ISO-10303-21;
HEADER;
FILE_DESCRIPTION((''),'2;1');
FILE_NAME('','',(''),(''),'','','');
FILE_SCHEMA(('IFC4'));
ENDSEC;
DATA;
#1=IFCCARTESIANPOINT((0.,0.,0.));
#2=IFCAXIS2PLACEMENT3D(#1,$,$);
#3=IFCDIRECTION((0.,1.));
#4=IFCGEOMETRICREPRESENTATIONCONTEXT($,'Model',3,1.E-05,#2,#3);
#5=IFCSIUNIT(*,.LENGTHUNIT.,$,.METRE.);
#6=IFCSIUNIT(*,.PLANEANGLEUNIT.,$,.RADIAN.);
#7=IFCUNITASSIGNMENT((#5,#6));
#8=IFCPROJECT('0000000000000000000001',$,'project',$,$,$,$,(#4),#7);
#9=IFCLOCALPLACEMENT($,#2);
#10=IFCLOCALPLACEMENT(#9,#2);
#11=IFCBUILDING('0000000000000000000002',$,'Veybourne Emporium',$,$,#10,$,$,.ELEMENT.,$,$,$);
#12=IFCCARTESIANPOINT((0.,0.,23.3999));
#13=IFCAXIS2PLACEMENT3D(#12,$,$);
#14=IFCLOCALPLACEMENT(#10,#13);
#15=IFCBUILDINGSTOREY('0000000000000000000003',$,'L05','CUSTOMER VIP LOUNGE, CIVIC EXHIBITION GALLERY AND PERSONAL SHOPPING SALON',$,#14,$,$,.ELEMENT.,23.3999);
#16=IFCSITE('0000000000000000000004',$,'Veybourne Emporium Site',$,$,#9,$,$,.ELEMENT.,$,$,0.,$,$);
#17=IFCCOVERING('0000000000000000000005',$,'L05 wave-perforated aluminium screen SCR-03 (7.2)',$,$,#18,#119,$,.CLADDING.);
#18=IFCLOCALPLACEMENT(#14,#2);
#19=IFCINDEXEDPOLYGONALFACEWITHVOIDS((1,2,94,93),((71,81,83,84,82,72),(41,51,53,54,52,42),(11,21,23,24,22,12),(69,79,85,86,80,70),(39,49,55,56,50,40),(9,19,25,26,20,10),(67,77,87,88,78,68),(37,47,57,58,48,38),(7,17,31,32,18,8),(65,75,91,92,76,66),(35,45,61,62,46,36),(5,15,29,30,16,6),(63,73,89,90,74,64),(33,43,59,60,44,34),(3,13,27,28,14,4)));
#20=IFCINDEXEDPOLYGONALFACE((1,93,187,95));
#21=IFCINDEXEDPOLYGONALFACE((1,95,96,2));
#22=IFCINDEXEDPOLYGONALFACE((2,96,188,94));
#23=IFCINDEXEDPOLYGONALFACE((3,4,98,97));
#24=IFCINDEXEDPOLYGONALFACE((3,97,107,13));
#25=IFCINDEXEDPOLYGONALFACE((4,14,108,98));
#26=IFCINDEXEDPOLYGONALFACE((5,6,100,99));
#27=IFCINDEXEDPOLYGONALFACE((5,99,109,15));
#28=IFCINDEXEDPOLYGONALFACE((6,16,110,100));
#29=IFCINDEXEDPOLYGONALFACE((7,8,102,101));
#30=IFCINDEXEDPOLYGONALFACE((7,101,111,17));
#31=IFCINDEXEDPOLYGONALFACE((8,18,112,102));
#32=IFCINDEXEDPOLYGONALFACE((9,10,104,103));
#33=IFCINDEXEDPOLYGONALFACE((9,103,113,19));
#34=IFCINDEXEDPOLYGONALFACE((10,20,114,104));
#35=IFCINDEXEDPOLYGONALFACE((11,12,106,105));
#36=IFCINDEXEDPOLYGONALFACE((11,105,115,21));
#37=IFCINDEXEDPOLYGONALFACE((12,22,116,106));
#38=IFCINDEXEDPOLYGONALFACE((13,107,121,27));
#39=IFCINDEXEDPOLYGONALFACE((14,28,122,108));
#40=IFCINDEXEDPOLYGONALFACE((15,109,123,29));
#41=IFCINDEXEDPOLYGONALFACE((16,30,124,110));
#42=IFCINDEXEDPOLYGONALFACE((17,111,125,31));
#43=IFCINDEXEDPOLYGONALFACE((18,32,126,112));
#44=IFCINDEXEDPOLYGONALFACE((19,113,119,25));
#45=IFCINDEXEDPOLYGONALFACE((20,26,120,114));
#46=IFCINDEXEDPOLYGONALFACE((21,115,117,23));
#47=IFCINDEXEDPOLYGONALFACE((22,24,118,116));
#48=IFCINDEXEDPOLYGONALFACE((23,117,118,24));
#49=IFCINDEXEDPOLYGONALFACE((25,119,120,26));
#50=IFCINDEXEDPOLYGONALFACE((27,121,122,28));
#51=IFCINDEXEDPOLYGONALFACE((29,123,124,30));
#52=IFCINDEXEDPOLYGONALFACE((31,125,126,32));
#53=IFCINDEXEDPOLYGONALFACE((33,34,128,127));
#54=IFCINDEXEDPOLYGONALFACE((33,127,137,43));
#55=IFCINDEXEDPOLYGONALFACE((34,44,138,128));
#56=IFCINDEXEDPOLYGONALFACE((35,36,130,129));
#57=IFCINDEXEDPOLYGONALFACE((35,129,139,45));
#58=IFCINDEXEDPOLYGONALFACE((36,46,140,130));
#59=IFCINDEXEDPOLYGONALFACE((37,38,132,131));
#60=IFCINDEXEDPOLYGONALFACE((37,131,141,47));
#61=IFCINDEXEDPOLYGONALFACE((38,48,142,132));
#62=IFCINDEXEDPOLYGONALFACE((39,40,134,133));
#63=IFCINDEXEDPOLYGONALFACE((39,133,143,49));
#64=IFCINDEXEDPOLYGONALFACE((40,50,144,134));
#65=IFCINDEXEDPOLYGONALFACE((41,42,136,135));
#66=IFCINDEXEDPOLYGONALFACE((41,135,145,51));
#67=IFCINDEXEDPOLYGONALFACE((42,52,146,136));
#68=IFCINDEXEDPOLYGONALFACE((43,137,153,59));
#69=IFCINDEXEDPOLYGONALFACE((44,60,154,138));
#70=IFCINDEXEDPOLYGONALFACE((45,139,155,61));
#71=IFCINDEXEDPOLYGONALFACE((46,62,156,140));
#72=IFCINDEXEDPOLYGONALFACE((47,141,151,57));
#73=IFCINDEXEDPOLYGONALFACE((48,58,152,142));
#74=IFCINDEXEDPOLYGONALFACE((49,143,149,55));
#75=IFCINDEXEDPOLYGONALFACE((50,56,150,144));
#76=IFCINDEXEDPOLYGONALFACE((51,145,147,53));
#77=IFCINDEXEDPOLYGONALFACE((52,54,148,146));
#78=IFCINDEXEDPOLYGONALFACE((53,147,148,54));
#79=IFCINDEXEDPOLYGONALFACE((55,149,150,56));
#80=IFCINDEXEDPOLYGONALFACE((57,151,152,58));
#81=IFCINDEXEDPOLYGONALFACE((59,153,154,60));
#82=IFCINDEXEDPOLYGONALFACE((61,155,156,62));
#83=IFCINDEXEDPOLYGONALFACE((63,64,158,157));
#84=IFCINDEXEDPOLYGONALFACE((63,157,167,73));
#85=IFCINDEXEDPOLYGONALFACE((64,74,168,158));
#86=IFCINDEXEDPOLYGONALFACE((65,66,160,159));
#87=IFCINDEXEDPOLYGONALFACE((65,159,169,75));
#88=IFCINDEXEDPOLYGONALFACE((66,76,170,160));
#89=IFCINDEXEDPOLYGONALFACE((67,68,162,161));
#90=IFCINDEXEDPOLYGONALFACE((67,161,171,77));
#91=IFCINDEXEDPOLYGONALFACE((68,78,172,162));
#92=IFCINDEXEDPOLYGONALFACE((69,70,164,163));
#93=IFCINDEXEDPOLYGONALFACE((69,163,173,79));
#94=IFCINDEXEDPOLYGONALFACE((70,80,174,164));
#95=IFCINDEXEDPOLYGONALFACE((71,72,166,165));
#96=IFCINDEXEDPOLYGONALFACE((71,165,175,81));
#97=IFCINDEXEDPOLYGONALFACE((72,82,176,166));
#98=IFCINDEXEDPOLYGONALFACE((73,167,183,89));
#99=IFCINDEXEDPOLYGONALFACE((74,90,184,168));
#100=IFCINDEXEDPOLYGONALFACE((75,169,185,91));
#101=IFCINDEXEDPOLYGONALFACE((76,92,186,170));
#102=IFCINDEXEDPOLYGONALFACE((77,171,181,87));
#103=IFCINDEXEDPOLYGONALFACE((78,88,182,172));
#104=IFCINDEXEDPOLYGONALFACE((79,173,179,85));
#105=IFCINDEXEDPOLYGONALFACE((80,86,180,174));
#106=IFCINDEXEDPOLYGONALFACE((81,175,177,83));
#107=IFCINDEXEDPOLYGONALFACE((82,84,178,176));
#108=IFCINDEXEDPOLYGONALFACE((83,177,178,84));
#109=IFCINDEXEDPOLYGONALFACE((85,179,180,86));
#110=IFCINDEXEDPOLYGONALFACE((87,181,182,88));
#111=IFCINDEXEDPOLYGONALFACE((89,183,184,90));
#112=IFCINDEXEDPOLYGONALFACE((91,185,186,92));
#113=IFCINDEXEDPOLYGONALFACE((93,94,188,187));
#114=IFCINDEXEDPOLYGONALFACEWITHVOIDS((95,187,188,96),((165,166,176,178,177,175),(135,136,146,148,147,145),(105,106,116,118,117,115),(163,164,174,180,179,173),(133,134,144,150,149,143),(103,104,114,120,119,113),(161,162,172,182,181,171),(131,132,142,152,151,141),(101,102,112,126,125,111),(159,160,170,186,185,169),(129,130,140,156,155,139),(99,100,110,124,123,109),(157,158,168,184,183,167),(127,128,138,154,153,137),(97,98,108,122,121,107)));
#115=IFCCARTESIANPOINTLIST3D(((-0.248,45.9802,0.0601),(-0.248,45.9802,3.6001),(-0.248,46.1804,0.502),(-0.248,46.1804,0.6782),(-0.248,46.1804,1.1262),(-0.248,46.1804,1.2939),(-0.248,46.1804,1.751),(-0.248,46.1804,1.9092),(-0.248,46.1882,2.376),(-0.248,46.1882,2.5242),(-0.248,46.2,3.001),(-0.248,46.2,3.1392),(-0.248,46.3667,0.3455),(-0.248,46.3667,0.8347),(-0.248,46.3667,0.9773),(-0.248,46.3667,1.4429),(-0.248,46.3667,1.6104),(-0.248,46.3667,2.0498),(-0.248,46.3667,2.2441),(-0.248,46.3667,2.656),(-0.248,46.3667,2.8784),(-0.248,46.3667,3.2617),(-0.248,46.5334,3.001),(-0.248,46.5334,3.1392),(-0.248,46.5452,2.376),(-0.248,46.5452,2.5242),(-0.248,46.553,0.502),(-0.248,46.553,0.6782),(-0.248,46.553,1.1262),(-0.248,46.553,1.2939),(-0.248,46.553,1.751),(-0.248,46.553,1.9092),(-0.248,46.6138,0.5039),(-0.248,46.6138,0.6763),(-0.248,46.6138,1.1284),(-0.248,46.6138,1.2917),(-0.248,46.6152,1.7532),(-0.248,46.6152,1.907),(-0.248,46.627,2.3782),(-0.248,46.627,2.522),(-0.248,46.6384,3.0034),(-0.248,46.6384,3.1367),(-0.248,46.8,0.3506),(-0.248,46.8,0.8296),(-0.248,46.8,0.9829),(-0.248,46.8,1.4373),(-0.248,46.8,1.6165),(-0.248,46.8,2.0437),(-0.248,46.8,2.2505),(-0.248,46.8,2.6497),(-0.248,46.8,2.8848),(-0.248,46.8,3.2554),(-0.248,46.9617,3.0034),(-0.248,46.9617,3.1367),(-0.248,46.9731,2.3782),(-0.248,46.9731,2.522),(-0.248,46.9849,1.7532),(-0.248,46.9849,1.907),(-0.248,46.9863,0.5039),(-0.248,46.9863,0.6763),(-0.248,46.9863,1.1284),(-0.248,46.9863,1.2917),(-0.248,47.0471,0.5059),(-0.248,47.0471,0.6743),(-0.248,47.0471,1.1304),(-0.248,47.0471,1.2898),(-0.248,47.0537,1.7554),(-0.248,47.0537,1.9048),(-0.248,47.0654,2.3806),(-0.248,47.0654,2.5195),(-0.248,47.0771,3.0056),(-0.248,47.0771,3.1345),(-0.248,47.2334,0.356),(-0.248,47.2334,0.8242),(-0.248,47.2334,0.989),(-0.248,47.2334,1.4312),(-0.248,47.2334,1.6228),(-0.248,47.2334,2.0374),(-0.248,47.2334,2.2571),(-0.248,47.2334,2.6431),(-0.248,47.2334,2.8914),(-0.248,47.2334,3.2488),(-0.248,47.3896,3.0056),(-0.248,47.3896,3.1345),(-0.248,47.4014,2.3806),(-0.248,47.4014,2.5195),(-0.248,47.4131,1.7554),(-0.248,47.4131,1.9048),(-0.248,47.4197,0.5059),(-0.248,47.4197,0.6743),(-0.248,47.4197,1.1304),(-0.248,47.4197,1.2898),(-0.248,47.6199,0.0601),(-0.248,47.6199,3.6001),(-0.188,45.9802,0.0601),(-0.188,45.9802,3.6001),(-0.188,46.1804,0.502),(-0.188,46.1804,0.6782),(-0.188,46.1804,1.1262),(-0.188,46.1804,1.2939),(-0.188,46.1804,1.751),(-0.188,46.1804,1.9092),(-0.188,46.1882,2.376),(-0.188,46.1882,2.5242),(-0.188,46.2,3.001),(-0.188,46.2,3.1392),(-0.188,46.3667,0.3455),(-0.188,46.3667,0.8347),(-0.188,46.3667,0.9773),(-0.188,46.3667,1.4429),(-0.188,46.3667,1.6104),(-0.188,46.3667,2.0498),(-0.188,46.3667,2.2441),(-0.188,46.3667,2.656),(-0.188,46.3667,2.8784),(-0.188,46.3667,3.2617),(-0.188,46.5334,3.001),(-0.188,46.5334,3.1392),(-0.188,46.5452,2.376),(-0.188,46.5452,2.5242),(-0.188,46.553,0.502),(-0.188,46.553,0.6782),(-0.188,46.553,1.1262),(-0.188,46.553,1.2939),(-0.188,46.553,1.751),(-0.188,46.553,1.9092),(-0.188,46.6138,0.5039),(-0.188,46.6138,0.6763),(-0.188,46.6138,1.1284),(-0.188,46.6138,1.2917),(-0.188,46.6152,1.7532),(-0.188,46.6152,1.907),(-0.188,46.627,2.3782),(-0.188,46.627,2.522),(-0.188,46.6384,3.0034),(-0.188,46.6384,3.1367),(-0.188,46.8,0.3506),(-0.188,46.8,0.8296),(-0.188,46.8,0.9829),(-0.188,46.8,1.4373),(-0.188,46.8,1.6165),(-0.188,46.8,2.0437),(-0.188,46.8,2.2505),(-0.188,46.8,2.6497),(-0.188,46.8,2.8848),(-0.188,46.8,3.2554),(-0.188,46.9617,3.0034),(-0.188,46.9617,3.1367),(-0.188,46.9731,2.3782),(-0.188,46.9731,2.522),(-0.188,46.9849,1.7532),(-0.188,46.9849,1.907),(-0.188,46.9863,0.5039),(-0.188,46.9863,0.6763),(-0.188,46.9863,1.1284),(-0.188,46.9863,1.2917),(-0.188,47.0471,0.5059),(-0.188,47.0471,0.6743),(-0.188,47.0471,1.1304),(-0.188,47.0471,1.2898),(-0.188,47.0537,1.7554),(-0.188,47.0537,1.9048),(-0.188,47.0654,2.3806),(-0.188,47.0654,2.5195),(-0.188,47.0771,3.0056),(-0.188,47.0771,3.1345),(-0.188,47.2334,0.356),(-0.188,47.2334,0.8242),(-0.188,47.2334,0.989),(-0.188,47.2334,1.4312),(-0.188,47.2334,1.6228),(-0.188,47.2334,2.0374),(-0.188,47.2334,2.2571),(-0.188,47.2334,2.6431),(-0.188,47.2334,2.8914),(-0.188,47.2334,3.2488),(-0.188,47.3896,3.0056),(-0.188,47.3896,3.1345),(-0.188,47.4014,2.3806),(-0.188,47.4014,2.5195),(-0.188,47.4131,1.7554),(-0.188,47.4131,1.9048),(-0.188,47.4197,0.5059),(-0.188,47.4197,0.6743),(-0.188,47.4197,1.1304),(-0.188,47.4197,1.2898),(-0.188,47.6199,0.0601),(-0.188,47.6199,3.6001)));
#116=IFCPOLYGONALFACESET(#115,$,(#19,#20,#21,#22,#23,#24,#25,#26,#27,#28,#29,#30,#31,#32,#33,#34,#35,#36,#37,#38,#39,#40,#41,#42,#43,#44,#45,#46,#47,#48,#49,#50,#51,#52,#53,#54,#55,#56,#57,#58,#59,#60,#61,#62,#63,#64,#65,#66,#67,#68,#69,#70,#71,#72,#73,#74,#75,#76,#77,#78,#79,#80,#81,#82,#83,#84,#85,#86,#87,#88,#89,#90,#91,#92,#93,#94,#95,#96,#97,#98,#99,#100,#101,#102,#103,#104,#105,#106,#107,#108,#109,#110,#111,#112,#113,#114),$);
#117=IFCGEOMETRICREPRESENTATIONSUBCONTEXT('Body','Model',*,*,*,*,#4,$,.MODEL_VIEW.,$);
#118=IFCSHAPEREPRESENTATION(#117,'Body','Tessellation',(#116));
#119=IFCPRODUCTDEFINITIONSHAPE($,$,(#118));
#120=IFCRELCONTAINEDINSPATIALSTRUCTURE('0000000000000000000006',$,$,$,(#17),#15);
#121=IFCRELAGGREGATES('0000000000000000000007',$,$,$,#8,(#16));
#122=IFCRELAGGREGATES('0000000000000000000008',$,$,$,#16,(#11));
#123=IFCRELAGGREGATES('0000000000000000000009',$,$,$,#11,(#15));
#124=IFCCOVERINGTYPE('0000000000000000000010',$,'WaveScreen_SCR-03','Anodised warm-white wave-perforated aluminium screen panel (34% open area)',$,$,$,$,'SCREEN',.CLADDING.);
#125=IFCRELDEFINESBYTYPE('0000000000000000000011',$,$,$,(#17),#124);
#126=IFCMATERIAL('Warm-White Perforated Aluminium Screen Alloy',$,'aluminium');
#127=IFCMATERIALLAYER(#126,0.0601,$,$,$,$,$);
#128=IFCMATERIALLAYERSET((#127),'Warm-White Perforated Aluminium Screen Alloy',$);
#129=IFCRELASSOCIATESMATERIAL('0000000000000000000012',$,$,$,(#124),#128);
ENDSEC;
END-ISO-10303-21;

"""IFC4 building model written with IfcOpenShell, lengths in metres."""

from ifc_helpers import new_model, si_unit, direction, frame, origin, place, context, subcontext, project, spatial, polyline, outline, extrude, material, layer, layer_set, type_object, element, save


model = new_model("IFC4")

# Units and contexts
model_context = context("Model", 3, precision=1e-05, world=origin(), true_north=direction((0.0, 1.0)))
body_context = subcontext(model_context, "Body", "Model", "MODEL_VIEW")
ifc_project = project(units=[si_unit("LENGTHUNIT", "METRE"), si_unit("PLANEANGLEUNIT", "RADIAN")], contexts=[model_context])

# Site, building, storey
site_placement = place(None, origin())
site = spatial("IfcSite", under=ifc_project, at=site_placement, Name="Veybourne Emporium Site", CompositionType="ELEMENT", RefElevation=0.0)
building_placement = place(site_placement, origin())
building = spatial("IfcBuilding", under=site, at=building_placement, Name="Veybourne Emporium", CompositionType="ELEMENT")
storey_placement = place(building_placement, frame((0.0, 0.0, 23.3999)))
storey = spatial("IfcBuildingStorey", under=building, at=storey_placement, Name="L05", Description="CUSTOMER VIP LOUNGE, CIVIC EXHIBITION GALLERY AND PERSONAL SHOPPING SALON", CompositionType="ELEMENT", Elevation=23.3999)

# Covering
ifc_material_1 = material(Name="Warm-White Perforated Aluminium Screen Alloy", Category="aluminium")
ifc_layer_1 = layer(ifc_material_1, 0.0601)
ifc_layer_set_1 = layer_set([ifc_layer_1], Name="Warm-White Perforated Aluminium Screen Alloy")
covering_type_1 = type_object("IfcCoveringType", Name="WaveScreen_SCR-03", Description="Anodised warm-white wave-perforated aluminium screen panel (34% open area)", ElementType="SCREEN", PredefinedType="CLADDING", material=ifc_layer_set_1)
covering_1_placement = place(storey_placement, frame((-0.248, 46.8, 1.8301), z_axis=(1.0, 0.0, 0.0), x_axis=(0.0, 1.0, 0.0)))
element("IfcCovering", 1, at=covering_1_placement, inside=storey, type_object=covering_type_1, Name="L05 wave-perforated aluminium screen SCR-03 (7.2)", PredefinedType="CLADDING", context=body_context, shape_type="SweptSolid", body=[
    extrude(outline(polyline([(-0.8198, -1.77), (0.8198, -1.77), (0.8198, 1.77), (-0.8198, 1.77), (-0.8198, -1.77)]), holes=[polyline([(-0.4333, -0.9954), (-0.2471, -1.1519), (-0.2471, -1.3281), (-0.4333, -1.4846), (-0.6196, -1.3281), (-0.6196, -1.1519), (-0.4333, -0.9954)]), polyline([(-0.4333, -0.3872), (-0.2471, -0.5361), (-0.2471, -0.7039), (-0.4333, -0.8528), (-0.6196, -0.7039), (-0.6196, -0.5361), (-0.4333, -0.3872)]), polyline([(-0.4333, 0.2197), (-0.2471, 0.0791), (-0.2471, -0.0791), (-0.4333, -0.2197), (-0.6196, -0.0791), (-0.6196, 0.0791), (-0.4333, 0.2197)]), polyline([(-0.4333, 0.8259), (-0.2549, 0.6941), (-0.2549, 0.5459), (-0.4333, 0.4141), (-0.6118, 0.5459), (-0.6118, 0.6941), (-0.4333, 0.8259)]), polyline([(-0.4333, 1.4316), (-0.2666, 1.3091), (-0.2666, 1.1709), (-0.4333, 1.0483), (-0.6001, 1.1709), (-0.6001, 1.3091), (-0.4333, 1.4316)]), polyline([(0.0, -1.0005), (0.1863, -1.1538), (0.1863, -1.3262), (0.0, -1.4795), (-0.1863, -1.3262), (-0.1863, -1.1538), (0.0, -1.0005)]), polyline([(0.0, -0.3928), (0.1863, -0.5383), (0.1863, -0.7017), (0.0, -0.8472), (-0.1863, -0.7017), (-0.1863, -0.5383), (0.0, -0.3928)]), polyline([(0.0, 0.2136), (0.1848, 0.0769), (0.1848, -0.0769), (0.0, -0.2136), (-0.1848, -0.0769), (-0.1848, 0.0769), (0.0, 0.2136)]), polyline([(0.0, 0.8196), (0.1731, 0.6919), (0.1731, 0.5481), (0.0, 0.4204), (-0.1731, 0.5481), (-0.1731, 0.6919), (0.0, 0.8196)]), polyline([(0.0, 1.4253), (0.1616, 1.3066), (0.1616, 1.1733), (0.0, 1.0547), (-0.1616, 1.1733), (-0.1616, 1.3066), (0.0, 1.4253)]), polyline([(0.4333, -1.0059), (0.6196, -1.1558), (0.6196, -1.3242), (0.4333, -1.4741), (0.2471, -1.3242), (0.2471, -1.1558), (0.4333, -1.0059)]), polyline([(0.4333, -0.3989), (0.6196, -0.5403), (0.6196, -0.6997), (0.4333, -0.8411), (0.2471, -0.6997), (0.2471, -0.5403), (0.4333, -0.3989)]), polyline([(0.4333, 0.2073), (0.613, 0.0747), (0.613, -0.0747), (0.4333, -0.2073), (0.2537, -0.0747), (0.2537, 0.0747), (0.4333, 0.2073)]), polyline([(0.4333, 0.813), (0.6013, 0.6895), (0.6013, 0.5505), (0.4333, 0.427), (0.2654, 0.5505), (0.2654, 0.6895), (0.4333, 0.813)]), polyline([(0.4333, 1.4187), (0.5896, 1.3044), (0.5896, 1.1755), (0.4333, 1.0613), (0.2771, 1.1755), (0.2771, 1.3044), (0.4333, 1.4187)])]), origin(), (0.0, 0.0, 1.0), 0.0601),
])

save(model, "model.ifc")
